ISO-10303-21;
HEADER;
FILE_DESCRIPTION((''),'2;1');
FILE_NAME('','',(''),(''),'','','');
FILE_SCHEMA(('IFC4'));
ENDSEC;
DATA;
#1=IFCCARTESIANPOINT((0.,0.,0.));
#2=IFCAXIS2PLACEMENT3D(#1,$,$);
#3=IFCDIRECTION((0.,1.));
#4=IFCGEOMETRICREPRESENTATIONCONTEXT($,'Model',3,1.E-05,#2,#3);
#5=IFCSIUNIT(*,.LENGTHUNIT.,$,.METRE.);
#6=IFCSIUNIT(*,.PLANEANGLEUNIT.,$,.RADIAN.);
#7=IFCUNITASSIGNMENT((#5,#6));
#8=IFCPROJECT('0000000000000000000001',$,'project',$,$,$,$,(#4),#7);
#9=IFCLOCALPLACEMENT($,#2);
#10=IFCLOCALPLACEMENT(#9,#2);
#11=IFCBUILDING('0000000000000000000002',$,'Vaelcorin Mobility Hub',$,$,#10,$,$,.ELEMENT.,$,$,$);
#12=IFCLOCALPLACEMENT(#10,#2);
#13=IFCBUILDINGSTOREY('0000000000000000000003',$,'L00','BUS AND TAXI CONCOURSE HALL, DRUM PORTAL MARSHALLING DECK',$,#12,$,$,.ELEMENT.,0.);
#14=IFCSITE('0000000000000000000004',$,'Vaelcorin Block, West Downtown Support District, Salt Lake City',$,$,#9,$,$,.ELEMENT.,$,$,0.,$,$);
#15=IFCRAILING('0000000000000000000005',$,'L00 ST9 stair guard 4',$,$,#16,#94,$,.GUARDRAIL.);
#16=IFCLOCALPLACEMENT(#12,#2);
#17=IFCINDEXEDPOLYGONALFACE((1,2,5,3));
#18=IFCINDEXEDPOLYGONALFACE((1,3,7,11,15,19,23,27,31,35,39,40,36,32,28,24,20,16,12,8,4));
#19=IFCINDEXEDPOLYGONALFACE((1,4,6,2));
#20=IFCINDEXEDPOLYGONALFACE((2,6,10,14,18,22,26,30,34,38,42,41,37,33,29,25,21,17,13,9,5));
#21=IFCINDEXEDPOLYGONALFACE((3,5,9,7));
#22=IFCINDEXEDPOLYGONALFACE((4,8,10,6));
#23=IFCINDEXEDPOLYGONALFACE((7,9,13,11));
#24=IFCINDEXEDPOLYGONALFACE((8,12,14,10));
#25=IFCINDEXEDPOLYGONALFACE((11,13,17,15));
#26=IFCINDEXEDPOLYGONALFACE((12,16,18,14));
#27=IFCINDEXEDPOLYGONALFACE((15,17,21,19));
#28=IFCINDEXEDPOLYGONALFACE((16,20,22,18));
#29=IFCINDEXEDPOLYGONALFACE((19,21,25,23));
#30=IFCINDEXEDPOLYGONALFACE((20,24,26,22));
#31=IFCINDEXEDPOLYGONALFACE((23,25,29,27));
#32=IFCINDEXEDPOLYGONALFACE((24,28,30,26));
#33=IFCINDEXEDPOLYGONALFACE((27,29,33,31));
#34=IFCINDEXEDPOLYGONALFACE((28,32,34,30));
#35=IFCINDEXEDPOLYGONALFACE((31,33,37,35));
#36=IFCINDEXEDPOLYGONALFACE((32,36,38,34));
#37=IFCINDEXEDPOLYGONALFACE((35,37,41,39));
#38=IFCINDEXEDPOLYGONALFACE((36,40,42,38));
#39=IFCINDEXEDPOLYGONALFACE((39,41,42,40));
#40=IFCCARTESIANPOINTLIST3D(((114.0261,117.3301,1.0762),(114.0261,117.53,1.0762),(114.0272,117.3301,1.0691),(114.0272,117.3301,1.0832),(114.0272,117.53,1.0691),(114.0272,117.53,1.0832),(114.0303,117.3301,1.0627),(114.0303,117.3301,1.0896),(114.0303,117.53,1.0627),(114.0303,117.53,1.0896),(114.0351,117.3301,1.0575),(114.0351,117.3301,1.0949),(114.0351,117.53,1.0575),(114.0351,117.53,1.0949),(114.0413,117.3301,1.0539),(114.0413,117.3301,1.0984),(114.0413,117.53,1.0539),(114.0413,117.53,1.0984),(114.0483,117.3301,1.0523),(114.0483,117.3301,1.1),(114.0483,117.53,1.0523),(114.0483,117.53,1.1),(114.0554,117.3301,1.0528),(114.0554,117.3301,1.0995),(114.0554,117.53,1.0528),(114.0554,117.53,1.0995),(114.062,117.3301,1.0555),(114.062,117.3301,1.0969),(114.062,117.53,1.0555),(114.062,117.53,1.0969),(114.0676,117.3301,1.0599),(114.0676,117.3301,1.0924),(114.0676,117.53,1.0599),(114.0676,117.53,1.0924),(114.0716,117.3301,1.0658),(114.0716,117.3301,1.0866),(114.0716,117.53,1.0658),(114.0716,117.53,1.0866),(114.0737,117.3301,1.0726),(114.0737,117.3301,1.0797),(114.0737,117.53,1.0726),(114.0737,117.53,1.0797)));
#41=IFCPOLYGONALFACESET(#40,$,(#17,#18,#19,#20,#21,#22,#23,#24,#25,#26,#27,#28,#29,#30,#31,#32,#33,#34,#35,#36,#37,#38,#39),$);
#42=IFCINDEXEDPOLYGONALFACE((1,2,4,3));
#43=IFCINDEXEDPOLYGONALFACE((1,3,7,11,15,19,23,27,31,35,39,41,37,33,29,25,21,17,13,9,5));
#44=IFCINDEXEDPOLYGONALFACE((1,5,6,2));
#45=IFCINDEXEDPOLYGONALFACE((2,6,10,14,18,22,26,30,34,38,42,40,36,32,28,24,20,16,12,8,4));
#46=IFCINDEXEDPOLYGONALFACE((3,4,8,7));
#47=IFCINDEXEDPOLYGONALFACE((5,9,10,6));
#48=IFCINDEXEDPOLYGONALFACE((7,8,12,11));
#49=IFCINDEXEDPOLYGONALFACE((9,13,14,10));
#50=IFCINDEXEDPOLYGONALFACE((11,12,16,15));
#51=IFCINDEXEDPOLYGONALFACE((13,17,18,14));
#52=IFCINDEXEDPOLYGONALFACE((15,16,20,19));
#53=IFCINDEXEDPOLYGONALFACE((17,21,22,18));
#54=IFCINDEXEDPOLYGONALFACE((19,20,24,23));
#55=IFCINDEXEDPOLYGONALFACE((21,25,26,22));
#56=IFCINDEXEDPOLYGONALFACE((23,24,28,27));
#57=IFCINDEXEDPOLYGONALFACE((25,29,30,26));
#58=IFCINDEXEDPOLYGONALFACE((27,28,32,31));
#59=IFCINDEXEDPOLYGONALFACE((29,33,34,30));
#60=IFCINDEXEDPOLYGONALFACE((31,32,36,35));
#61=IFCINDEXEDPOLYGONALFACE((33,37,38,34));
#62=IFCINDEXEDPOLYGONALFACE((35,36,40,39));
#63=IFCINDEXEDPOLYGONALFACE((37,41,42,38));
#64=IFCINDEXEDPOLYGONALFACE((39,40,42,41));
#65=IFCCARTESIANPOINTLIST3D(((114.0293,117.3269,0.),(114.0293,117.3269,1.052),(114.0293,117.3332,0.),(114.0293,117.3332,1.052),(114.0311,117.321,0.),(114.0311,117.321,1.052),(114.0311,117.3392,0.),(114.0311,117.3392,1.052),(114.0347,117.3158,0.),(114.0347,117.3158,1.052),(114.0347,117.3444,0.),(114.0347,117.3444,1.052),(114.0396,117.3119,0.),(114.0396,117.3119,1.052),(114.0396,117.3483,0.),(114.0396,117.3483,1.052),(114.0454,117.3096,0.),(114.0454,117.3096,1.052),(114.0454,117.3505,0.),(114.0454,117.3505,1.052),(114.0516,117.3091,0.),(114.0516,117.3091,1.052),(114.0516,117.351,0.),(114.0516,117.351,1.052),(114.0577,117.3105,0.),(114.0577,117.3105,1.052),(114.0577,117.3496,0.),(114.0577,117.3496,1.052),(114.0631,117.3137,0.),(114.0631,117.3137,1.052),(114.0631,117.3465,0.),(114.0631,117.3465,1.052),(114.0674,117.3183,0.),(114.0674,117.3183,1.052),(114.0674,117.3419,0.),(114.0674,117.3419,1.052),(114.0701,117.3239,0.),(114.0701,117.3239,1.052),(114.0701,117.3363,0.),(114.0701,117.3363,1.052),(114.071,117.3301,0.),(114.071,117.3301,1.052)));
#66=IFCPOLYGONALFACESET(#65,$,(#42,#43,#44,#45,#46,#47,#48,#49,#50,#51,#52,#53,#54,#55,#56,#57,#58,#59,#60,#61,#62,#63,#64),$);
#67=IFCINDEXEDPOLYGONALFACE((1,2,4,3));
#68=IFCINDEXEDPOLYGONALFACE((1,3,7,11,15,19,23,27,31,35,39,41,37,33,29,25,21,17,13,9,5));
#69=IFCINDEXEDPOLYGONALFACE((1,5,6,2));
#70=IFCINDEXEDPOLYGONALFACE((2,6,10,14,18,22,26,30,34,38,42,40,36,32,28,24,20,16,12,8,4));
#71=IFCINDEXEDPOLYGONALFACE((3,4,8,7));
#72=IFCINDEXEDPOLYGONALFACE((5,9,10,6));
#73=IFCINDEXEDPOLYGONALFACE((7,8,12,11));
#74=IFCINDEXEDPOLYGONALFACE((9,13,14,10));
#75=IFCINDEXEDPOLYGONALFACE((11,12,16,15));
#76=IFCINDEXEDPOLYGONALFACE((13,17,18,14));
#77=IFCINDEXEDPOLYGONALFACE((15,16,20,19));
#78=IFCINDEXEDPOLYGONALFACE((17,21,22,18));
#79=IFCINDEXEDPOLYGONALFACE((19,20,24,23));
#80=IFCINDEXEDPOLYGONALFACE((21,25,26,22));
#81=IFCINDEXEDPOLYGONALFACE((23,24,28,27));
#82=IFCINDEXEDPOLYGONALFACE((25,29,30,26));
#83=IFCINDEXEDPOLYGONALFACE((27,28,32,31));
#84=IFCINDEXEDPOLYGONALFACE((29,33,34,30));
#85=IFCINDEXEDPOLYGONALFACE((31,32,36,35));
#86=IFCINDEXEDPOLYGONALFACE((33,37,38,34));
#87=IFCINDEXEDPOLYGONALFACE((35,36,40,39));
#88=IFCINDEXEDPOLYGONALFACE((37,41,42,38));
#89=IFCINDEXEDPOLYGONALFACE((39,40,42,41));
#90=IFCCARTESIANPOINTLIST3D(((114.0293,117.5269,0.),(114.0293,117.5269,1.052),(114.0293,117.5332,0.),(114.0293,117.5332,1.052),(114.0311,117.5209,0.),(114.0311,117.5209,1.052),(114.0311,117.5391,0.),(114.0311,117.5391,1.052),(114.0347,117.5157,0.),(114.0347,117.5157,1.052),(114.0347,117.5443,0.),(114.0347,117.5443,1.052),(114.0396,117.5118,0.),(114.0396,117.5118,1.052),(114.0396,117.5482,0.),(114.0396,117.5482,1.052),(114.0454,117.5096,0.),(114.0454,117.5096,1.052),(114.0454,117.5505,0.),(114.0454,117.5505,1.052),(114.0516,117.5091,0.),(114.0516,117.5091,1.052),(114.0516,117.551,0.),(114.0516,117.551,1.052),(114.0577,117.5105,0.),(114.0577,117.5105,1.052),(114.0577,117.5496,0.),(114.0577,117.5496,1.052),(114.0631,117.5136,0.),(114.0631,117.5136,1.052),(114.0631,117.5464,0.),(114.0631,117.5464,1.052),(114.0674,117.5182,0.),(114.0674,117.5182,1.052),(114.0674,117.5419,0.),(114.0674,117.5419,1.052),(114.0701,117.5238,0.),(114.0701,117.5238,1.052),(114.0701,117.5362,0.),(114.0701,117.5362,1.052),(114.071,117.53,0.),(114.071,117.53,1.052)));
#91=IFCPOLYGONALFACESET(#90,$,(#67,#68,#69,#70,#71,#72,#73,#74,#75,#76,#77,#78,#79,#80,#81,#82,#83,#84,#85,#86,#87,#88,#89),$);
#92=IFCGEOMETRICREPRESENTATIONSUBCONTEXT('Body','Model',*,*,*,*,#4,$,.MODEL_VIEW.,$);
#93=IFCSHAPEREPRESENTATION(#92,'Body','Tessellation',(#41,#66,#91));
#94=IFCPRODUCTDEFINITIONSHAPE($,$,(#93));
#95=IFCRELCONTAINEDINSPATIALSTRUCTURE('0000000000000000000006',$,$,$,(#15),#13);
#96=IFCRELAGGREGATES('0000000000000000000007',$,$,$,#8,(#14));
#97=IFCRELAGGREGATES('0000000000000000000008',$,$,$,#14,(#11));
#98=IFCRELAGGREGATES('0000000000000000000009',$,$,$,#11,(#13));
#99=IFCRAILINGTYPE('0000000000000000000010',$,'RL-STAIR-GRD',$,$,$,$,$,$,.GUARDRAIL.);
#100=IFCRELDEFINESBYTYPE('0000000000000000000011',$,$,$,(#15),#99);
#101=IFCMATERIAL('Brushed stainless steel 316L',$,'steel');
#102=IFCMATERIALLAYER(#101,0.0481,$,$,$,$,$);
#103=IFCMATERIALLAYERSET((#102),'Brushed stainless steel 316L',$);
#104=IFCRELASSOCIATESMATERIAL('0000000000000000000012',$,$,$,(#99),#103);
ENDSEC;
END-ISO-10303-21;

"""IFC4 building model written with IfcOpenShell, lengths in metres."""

from ifc_helpers import new_model, si_unit, direction, frame, origin, origin_2d, place, context, subcontext, project, spatial, circle, extrude, material, layer, layer_set, type_object, element, save


model = new_model("IFC4")

# Units and contexts
model_context = context("Model", 3, precision=1e-05, world=origin(), true_north=direction((0.0, 1.0)))
body_context = subcontext(model_context, "Body", "Model", "MODEL_VIEW")
ifc_project = project(units=[si_unit("LENGTHUNIT", "METRE"), si_unit("PLANEANGLEUNIT", "RADIAN")], contexts=[model_context])

# Site, building, storey
site_placement = place(None, origin())
site = spatial("IfcSite", under=ifc_project, at=site_placement, Name="Vaelcorin Block, West Downtown Support District, Salt Lake City", CompositionType="ELEMENT", RefElevation=0.0)
building_placement = place(site_placement, origin())
building = spatial("IfcBuilding", under=site, at=building_placement, Name="Vaelcorin Mobility Hub", CompositionType="ELEMENT")
storey_placement = place(building_placement, origin())
storey = spatial("IfcBuildingStorey", under=building, at=storey_placement, Name="L00", Description="BUS AND TAXI CONCOURSE HALL, DRUM PORTAL MARSHALLING DECK", CompositionType="ELEMENT", Elevation=0.0)

# Railing
ifc_material_1 = material(Name="Brushed stainless steel 316L", Category="steel")
ifc_layer_1 = layer(ifc_material_1, 0.0481)
ifc_layer_set_1 = layer_set([ifc_layer_1], Name="Brushed stainless steel 316L")
railing_type_1 = type_object("IfcRailingType", Name="RL-STAIR-GRD", PredefinedType="GUARDRAIL", material=ifc_layer_set_1)
railing_1_placement = place(storey_placement, frame((114.05, 117.3301, 0.0)))
element("IfcRailing", 1, at=railing_1_placement, inside=storey, type_object=railing_type_1, Name="L00 ST9 stair guard 4", PredefinedType="GUARDRAIL", context=body_context, shape_type="SweptSolid", body=[
    extrude(circle(Radius=0.0239, at=origin_2d()), frame((0.0, 0.0, 1.0762), z_axis=(0.0, 1.0, 0.0), x_axis=(-1.0, 0.0, 0.0)), (0.0, 0.0, 1.0), 0.2),
    extrude(circle(Radius=0.021, at=origin_2d()), origin(), (0.0, 0.0, 1.0), 1.052),
    extrude(circle(Radius=0.021, at=origin_2d()), frame((0.0, 0.2, 0.0)), (0.0, 0.0, 1.0), 1.052),
])

save(model, "model.ifc")
